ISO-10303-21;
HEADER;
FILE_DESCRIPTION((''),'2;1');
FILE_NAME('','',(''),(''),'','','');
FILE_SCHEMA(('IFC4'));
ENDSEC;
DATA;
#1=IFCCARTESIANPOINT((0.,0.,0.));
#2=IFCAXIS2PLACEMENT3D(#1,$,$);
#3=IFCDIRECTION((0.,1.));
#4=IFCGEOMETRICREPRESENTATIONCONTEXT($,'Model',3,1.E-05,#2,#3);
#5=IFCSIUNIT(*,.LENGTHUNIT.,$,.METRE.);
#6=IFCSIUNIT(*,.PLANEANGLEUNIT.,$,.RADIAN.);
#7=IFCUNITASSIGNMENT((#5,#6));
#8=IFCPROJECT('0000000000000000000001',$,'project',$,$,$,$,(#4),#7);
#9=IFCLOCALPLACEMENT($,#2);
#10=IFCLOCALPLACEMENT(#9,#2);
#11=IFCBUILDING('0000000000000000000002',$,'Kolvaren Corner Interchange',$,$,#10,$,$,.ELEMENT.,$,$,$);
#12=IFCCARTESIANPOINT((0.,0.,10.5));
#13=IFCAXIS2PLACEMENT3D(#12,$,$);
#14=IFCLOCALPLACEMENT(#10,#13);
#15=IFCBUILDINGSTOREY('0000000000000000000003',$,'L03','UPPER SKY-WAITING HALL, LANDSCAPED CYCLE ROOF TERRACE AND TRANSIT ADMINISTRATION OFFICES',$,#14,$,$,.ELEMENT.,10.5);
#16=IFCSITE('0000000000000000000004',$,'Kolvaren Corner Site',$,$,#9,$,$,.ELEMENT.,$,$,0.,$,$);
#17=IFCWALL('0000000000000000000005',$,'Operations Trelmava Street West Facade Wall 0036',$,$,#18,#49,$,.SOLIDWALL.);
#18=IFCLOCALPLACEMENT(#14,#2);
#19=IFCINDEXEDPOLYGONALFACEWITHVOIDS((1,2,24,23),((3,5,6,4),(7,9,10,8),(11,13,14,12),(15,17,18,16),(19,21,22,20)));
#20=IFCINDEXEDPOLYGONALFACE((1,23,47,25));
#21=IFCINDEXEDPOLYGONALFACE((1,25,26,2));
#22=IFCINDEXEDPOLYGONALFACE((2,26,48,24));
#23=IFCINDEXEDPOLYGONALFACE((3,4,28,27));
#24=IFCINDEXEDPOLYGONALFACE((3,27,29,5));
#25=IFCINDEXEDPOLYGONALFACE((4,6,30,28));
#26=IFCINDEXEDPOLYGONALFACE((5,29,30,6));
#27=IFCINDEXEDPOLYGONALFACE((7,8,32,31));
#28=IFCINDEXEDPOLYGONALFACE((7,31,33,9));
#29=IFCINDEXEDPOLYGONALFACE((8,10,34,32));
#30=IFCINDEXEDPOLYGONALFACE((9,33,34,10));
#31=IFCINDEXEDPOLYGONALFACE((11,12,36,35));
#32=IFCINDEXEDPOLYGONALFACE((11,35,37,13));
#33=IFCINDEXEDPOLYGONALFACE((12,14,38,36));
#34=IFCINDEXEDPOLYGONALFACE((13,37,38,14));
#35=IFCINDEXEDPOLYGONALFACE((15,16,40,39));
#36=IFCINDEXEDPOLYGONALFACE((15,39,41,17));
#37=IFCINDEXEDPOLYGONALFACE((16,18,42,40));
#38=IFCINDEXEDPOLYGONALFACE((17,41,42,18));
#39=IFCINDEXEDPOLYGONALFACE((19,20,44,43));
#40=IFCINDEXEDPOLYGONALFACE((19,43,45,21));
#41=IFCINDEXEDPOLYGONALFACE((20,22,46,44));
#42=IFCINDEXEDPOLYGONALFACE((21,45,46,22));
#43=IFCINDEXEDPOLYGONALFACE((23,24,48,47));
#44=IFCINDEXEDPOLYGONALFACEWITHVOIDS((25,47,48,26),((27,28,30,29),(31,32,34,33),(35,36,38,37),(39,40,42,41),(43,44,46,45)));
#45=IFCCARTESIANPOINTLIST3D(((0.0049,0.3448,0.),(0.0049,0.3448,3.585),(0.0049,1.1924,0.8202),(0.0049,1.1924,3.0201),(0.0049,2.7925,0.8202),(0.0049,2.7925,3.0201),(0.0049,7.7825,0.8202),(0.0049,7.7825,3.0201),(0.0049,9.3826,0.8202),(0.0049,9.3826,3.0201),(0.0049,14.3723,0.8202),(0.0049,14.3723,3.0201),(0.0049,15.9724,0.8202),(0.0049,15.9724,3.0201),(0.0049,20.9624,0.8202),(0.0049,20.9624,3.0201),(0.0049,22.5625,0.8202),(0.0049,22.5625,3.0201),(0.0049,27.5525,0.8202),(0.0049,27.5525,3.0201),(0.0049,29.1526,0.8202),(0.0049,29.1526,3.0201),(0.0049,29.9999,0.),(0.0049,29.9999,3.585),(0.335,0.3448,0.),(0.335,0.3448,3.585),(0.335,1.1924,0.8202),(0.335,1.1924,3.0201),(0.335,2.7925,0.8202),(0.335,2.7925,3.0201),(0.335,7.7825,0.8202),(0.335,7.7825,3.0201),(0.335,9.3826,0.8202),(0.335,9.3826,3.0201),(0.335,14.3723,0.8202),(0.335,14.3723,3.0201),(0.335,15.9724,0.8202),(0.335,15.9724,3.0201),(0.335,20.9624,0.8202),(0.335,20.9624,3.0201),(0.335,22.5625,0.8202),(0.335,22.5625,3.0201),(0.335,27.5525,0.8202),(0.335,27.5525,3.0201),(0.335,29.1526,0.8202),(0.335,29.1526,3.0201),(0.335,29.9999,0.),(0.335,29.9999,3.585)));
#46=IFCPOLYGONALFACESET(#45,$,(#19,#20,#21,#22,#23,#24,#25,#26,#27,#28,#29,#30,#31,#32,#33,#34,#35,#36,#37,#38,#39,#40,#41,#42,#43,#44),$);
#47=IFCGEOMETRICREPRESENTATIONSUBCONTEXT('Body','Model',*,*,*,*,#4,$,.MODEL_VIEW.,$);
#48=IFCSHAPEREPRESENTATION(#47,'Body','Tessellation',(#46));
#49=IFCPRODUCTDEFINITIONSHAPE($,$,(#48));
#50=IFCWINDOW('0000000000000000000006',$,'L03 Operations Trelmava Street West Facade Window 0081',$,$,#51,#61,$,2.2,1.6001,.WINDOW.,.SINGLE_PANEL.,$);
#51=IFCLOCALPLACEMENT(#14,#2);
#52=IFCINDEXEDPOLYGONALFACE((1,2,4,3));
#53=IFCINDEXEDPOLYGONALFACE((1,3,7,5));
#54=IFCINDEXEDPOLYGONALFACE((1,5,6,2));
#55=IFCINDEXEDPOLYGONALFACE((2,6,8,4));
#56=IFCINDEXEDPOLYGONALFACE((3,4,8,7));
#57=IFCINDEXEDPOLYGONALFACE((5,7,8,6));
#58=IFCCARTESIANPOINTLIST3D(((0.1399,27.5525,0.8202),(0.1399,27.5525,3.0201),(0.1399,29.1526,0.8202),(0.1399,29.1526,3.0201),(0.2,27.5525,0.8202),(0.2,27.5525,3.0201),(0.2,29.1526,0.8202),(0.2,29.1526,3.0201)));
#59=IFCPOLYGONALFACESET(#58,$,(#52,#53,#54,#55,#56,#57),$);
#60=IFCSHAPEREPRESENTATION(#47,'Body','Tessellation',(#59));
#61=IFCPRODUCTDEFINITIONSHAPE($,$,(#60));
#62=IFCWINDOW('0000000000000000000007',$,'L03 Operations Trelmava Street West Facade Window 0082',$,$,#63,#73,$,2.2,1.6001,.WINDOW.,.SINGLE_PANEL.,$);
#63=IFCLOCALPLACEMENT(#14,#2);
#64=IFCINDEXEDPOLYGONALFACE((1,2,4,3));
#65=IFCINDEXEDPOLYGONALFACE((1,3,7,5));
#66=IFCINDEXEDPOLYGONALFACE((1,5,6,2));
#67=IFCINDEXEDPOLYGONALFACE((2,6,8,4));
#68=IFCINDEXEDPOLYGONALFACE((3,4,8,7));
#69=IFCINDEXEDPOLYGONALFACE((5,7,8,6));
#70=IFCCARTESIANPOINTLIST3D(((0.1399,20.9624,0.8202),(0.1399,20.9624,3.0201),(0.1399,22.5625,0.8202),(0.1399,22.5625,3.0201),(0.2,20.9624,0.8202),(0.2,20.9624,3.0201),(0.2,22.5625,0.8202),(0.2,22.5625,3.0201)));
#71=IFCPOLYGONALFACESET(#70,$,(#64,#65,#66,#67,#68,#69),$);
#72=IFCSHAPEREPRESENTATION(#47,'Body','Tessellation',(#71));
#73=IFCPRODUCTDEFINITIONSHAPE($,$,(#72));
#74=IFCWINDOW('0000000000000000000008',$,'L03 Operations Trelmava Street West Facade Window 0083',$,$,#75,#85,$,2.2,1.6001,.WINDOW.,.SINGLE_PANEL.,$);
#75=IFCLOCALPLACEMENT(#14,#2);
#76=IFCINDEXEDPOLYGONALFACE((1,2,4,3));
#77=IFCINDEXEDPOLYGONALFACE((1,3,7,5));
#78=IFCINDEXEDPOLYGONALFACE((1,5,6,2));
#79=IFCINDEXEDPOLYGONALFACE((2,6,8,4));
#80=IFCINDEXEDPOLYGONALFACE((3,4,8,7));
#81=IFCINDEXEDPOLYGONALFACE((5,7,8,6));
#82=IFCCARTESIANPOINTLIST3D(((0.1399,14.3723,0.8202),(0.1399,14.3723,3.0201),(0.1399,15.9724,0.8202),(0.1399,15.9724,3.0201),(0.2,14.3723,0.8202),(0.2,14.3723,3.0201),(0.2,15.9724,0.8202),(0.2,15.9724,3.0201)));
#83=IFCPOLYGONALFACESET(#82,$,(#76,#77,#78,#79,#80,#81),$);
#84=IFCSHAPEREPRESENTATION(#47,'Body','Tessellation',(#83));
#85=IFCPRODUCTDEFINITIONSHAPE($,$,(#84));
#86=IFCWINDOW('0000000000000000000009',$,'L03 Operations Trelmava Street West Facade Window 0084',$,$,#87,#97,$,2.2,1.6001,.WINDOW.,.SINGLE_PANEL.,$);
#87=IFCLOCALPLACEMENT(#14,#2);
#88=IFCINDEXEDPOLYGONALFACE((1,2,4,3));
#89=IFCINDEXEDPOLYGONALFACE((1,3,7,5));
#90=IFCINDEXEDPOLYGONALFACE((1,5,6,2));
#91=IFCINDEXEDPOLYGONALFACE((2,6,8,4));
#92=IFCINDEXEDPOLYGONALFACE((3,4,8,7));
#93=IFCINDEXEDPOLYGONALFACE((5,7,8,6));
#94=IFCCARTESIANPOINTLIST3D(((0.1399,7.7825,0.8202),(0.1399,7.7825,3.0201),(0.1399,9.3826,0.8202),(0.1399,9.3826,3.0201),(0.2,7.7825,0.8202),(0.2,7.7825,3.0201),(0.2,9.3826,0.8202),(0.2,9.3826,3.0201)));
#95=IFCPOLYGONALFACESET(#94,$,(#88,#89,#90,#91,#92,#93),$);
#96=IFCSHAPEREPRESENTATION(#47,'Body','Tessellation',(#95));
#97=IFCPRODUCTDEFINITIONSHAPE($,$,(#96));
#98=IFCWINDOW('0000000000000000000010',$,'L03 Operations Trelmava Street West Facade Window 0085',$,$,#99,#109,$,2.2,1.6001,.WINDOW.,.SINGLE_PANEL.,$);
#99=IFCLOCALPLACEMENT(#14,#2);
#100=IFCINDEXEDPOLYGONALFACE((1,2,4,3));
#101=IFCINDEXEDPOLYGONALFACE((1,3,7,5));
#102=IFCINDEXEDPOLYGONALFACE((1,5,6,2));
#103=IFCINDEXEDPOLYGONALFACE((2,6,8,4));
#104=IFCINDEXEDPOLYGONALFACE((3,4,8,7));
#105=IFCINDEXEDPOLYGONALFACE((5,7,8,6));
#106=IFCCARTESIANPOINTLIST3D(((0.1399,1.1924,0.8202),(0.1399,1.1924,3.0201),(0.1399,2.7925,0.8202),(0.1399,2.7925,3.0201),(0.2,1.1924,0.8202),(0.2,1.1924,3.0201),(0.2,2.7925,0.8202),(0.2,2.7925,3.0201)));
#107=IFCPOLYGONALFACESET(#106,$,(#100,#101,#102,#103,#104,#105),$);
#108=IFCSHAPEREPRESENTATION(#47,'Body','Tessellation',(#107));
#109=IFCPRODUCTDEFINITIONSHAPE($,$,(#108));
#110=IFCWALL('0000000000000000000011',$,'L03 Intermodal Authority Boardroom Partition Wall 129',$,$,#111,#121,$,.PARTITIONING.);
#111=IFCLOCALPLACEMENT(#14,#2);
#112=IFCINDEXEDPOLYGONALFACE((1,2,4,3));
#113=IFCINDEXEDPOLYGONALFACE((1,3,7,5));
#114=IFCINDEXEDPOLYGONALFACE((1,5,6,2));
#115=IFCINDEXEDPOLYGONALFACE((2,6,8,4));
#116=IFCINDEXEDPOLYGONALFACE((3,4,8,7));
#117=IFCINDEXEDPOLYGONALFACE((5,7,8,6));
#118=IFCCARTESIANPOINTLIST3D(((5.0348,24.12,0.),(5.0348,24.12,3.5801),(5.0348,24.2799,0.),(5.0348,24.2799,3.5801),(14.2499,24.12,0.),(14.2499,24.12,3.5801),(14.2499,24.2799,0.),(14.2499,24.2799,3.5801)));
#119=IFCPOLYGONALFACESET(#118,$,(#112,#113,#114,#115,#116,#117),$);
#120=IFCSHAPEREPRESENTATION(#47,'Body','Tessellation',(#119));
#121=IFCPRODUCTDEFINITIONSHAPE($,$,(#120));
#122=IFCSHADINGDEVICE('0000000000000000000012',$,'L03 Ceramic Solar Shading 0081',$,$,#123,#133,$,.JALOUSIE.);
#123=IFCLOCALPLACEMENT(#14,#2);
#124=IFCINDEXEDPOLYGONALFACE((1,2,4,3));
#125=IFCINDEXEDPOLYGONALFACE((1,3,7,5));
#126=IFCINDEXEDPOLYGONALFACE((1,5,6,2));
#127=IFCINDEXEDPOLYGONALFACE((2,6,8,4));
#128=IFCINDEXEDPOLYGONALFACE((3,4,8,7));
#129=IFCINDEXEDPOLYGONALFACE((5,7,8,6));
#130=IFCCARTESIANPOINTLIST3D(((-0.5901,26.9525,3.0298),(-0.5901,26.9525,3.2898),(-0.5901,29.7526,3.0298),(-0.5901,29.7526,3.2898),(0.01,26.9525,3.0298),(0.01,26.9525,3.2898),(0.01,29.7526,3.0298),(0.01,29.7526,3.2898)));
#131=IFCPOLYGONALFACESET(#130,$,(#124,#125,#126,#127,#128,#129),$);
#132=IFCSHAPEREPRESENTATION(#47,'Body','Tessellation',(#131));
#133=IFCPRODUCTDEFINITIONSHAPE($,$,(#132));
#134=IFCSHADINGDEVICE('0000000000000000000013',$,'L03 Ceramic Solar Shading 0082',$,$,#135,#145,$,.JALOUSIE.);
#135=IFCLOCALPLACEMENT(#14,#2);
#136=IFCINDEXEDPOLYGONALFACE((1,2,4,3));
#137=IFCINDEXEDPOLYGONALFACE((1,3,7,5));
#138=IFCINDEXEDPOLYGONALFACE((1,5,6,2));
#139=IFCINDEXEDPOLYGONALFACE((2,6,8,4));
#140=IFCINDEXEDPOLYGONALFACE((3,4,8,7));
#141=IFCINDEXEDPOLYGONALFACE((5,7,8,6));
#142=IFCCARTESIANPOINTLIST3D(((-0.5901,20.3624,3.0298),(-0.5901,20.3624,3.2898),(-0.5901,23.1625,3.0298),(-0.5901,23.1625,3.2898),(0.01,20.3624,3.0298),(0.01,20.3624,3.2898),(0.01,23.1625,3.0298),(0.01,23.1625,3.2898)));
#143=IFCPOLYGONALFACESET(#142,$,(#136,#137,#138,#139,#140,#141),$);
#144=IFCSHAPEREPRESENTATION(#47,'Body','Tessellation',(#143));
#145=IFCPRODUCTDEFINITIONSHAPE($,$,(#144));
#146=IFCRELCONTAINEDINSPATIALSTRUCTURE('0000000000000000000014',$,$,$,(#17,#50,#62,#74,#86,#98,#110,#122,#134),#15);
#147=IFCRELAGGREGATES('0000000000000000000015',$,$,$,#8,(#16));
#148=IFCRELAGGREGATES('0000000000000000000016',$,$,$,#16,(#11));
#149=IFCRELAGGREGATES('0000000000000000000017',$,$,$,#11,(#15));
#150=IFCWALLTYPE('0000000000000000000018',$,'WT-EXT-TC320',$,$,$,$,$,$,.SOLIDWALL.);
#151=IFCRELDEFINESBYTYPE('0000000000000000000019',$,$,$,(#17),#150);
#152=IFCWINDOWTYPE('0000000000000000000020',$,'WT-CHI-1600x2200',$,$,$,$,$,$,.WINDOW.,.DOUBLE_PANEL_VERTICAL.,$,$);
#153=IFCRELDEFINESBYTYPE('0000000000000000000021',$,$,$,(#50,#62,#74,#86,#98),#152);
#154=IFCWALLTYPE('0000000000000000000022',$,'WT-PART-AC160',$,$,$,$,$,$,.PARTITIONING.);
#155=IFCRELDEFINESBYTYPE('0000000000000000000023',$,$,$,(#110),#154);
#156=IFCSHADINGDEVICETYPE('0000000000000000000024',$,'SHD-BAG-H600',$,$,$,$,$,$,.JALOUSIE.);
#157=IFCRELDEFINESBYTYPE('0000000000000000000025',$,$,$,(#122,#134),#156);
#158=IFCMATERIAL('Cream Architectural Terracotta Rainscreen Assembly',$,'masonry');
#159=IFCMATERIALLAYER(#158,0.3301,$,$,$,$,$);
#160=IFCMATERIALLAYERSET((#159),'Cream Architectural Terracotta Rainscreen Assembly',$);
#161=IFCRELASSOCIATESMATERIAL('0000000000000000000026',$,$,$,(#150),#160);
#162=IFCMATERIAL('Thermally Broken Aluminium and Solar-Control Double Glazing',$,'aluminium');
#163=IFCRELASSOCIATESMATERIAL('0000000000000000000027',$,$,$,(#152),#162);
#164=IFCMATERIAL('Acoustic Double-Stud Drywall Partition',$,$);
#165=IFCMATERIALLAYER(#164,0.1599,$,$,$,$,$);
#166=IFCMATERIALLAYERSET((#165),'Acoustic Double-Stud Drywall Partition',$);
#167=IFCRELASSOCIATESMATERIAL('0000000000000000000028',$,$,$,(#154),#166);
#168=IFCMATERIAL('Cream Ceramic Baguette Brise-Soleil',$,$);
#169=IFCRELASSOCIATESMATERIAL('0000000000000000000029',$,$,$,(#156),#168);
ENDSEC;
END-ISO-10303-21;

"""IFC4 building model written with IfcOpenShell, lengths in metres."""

from ifc_helpers import new_model, si_unit, direction, frame, frame_2d, origin, origin_2d, place, context, subcontext, project, spatial, rectangle, extrude, material, layer, layer_set, type_object, element, fill, save


model = new_model("IFC4")

# Units and contexts
model_context = context("Model", 3, precision=1e-05, world=origin(), true_north=direction((0.0, 1.0)))
body_context = subcontext(model_context, "Body", "Model", "MODEL_VIEW")
ifc_project = project(units=[si_unit("LENGTHUNIT", "METRE"), si_unit("PLANEANGLEUNIT", "RADIAN")], contexts=[model_context])

# Site, building, storey
site_placement = place(None, origin())
site = spatial("IfcSite", under=ifc_project, at=site_placement, Name="Kolvaren Corner Site", CompositionType="ELEMENT", RefElevation=0.0)
building_placement = place(site_placement, origin())
building = spatial("IfcBuilding", under=site, at=building_placement, Name="Kolvaren Corner Interchange", CompositionType="ELEMENT")
storey_placement = place(building_placement, frame((0.0, 0.0, 10.5)))
storey = spatial("IfcBuildingStorey", under=building, at=storey_placement, Name="L03", Description="UPPER SKY-WAITING HALL, LANDSCAPED CYCLE ROOF TERRACE AND TRANSIT ADMINISTRATION OFFICES", CompositionType="ELEMENT", Elevation=10.5)

# Wall, openings, windows
ifc_material_1 = material(Name="Cream Architectural Terracotta Rainscreen Assembly", Category="masonry")
ifc_layer_1 = layer(ifc_material_1, 0.3301)
ifc_layer_set_1 = layer_set([ifc_layer_1], Name="Cream Architectural Terracotta Rainscreen Assembly")
wall_type_1 = type_object("IfcWallType", Name="WT-EXT-TC320", PredefinedType="SOLIDWALL", material=ifc_layer_set_1)
wall_1_placement = place(storey_placement, frame((0.1699, 30.0, 0.0), z_axis=(0.0, 0.0, 1.0), x_axis=(0.0, -1.0, 0.0)))
wall_1 = element("IfcWall", 1, at=wall_1_placement, inside=storey, type_object=wall_type_1, Name="Operations Trelmava Street West Facade Wall 0036", PredefinedType="SOLIDWALL", context=body_context, shape_type="SweptSolid", body=[
    extrude(rectangle(XDim=29.655, YDim=0.3301, at=frame_2d((14.8276, 0.0))), origin(), (0.0, 0.0, 1.0), 3.585),
])
opening_1_placement = place(wall_1_placement, frame((0.8474, 0.0, 0.8201)))
opening_1 = element("IfcOpeningElement", 2, at=opening_1_placement, cuts=wall_1, PredefinedType="OPENING", context=body_context, shape_type="SweptSolid", body=[
    extrude(rectangle(XDim=1.6001, YDim=2.2, at=frame_2d((0.8, 1.1001))), frame((0.0, 0.175, 0.0), z_axis=(0.0, -1.0, 0.0), x_axis=(1.0, 0.0, 0.0)), (0.0, 0.0, 1.0), 0.3501),
])
opening_2_placement = place(wall_1_placement, frame((7.4375, 0.0, 0.8201)))
opening_2 = element("IfcOpeningElement", 3, at=opening_2_placement, cuts=wall_1, PredefinedType="OPENING", context=body_context, shape_type="SweptSolid", body=[
    extrude(rectangle(XDim=1.6001, YDim=2.2, at=frame_2d((0.8, 1.1001))), frame((0.0, 0.175, 0.0), z_axis=(0.0, -1.0, 0.0), x_axis=(1.0, 0.0, 0.0)), (0.0, 0.0, 1.0), 0.3501),
])
opening_3_placement = place(wall_1_placement, frame((14.0276, 0.0, 0.8201)))
opening_3 = element("IfcOpeningElement", 4, at=opening_3_placement, cuts=wall_1, PredefinedType="OPENING", context=body_context, shape_type="SweptSolid", body=[
    extrude(rectangle(XDim=1.6001, YDim=2.2, at=frame_2d((0.8, 1.1001))), frame((0.0, 0.175, 0.0), z_axis=(0.0, -1.0, 0.0), x_axis=(1.0, 0.0, 0.0)), (0.0, 0.0, 1.0), 0.3501),
])
opening_4_placement = place(wall_1_placement, frame((20.6174, 0.0, 0.8201)))
opening_4 = element("IfcOpeningElement", 5, at=opening_4_placement, cuts=wall_1, PredefinedType="OPENING", context=body_context, shape_type="SweptSolid", body=[
    extrude(rectangle(XDim=1.6001, YDim=2.2, at=frame_2d((0.8, 1.1001))), frame((0.0, 0.175, 0.0), z_axis=(0.0, -1.0, 0.0), x_axis=(1.0, 0.0, 0.0)), (0.0, 0.0, 1.0), 0.3501),
])
opening_5_placement = place(wall_1_placement, frame((27.2075, 0.0, 0.8201)))
opening_5 = element("IfcOpeningElement", 6, at=opening_5_placement, cuts=wall_1, PredefinedType="OPENING", context=body_context, shape_type="SweptSolid", body=[
    extrude(rectangle(XDim=1.6001, YDim=2.2, at=frame_2d((0.8, 1.1001))), frame((0.0, 0.175, 0.0), z_axis=(0.0, -1.0, 0.0), x_axis=(1.0, 0.0, 0.0)), (0.0, 0.0, 1.0), 0.3501),
])
ifc_material_2 = material(Name="Thermally Broken Aluminium and Solar-Control Double Glazing", Category="aluminium")
window_type = type_object("IfcWindowType", Name="WT-CHI-1600x2200", PartitioningType="DOUBLE_PANEL_VERTICAL", PredefinedType="WINDOW", material=ifc_material_2)
window_1_placement = place(opening_1_placement, origin())
window_1 = element("IfcWindow", 7, at=window_1_placement, inside=storey, type_object=window_type, Name="L03 Operations Trelmava Street West Facade Window 0081", OverallHeight=2.2, OverallWidth=1.6001, PartitioningType="SINGLE_PANEL", PredefinedType="WINDOW", context=body_context, shape_type="SweptSolid", body=[
    extrude(rectangle(XDim=1.6001, YDim=2.2, at=frame_2d((0.8, 1.1001))), frame((0.0, 0.03, 0.0), z_axis=(0.0, -1.0, 0.0), x_axis=(1.0, 0.0, 0.0)), (0.0, 0.0, 1.0), 0.0601),
])
fill(opening_1, window_1)
window_2_placement = place(opening_2_placement, origin())
window_2 = element("IfcWindow", 8, at=window_2_placement, inside=storey, type_object=window_type, Name="L03 Operations Trelmava Street West Facade Window 0082", OverallHeight=2.2, OverallWidth=1.6001, PartitioningType="SINGLE_PANEL", PredefinedType="WINDOW", context=body_context, shape_type="SweptSolid", body=[
    extrude(rectangle(XDim=1.6001, YDim=2.2, at=frame_2d((0.8, 1.1001))), frame((0.0, 0.03, 0.0), z_axis=(0.0, -1.0, 0.0), x_axis=(1.0, 0.0, 0.0)), (0.0, 0.0, 1.0), 0.0601),
])
fill(opening_2, window_2)
window_3_placement = place(opening_3_placement, origin())
window_3 = element("IfcWindow", 9, at=window_3_placement, inside=storey, type_object=window_type, Name="L03 Operations Trelmava Street West Facade Window 0083", OverallHeight=2.2, OverallWidth=1.6001, PartitioningType="SINGLE_PANEL", PredefinedType="WINDOW", context=body_context, shape_type="SweptSolid", body=[
    extrude(rectangle(XDim=1.6001, YDim=2.2, at=frame_2d((0.8, 1.1001))), frame((0.0, 0.03, 0.0), z_axis=(0.0, -1.0, 0.0), x_axis=(1.0, 0.0, 0.0)), (0.0, 0.0, 1.0), 0.0601),
])
fill(opening_3, window_3)
window_4_placement = place(opening_4_placement, origin())
window_4 = element("IfcWindow", 10, at=window_4_placement, inside=storey, type_object=window_type, Name="L03 Operations Trelmava Street West Facade Window 0084", OverallHeight=2.2, OverallWidth=1.6001, PartitioningType="SINGLE_PANEL", PredefinedType="WINDOW", context=body_context, shape_type="SweptSolid", body=[
    extrude(rectangle(XDim=1.6001, YDim=2.2, at=frame_2d((0.8, 1.1001))), frame((0.0, 0.03, 0.0), z_axis=(0.0, -1.0, 0.0), x_axis=(1.0, 0.0, 0.0)), (0.0, 0.0, 1.0), 0.0601),
])
fill(opening_4, window_4)
window_5_placement = place(opening_5_placement, origin())
window_5 = element("IfcWindow", 11, at=window_5_placement, inside=storey, type_object=window_type, Name="L03 Operations Trelmava Street West Facade Window 0085", OverallHeight=2.2, OverallWidth=1.6001, PartitioningType="SINGLE_PANEL", PredefinedType="WINDOW", context=body_context, shape_type="SweptSolid", body=[
    extrude(rectangle(XDim=1.6001, YDim=2.2, at=frame_2d((0.8, 1.1001))), frame((0.0, 0.03, 0.0), z_axis=(0.0, -1.0, 0.0), x_axis=(1.0, 0.0, 0.0)), (0.0, 0.0, 1.0), 0.0601),
])
fill(opening_5, window_5)

# Wall
ifc_material_3 = material(Name="Acoustic Double-Stud Drywall Partition")
ifc_layer_2 = layer(ifc_material_3, 0.1599)
ifc_layer_set_2 = layer_set([ifc_layer_2], Name="Acoustic Double-Stud Drywall Partition")
wall_type_2 = type_object("IfcWallType", Name="WT-PART-AC160", PredefinedType="PARTITIONING", material=ifc_layer_set_2)
wall_2_placement = place(storey_placement, frame((5.0349, 24.2, 0.0), z_axis=(0.0, 0.0, 1.0), x_axis=(1.0, 0.0, 0.0)))
element("IfcWall", 12, at=wall_2_placement, inside=storey, type_object=wall_type_2, Name="L03 Intermodal Authority Boardroom Partition Wall 129", PredefinedType="PARTITIONING", context=body_context, shape_type="SweptSolid", body=[
    extrude(rectangle(XDim=9.2151, YDim=0.1599, at=frame_2d((4.6074, 0.0))), origin(), (0.0, 0.0, 1.0), 3.5801),
])

# Shading devices
ifc_material_4 = material(Name="Cream Ceramic Baguette Brise-Soleil")
shading_device_type = type_object("IfcShadingDeviceType", Name="SHD-BAG-H600", PredefinedType="JALOUSIE", material=ifc_material_4)
for number, where, z_axis, x_axis, name in (
    (13, (-0.29, 28.3525, 3.0298), (0.0, 0.0, 1.0), (0.0, -1.0, 0.0), "L03 Ceramic Solar Shading 0081"),
    (14, (-0.29, 21.7625, 3.0298), (0.0, 0.0, 1.0), (0.0, -1.0, 0.0), "L03 Ceramic Solar Shading 0082"),
):
    element("IfcShadingDevice", number, at=place(storey_placement, frame(where, z_axis=z_axis, x_axis=x_axis)), inside=storey, type_object=shading_device_type, Name=name, PredefinedType="JALOUSIE", context=body_context, shape_type="SweptSolid", body=[
        extrude(rectangle(XDim=2.8, YDim=0.6001, at=origin_2d()), origin(), (0.0, 0.0, 1.0), 0.26),
    ])

save(model, "model.ifc")
